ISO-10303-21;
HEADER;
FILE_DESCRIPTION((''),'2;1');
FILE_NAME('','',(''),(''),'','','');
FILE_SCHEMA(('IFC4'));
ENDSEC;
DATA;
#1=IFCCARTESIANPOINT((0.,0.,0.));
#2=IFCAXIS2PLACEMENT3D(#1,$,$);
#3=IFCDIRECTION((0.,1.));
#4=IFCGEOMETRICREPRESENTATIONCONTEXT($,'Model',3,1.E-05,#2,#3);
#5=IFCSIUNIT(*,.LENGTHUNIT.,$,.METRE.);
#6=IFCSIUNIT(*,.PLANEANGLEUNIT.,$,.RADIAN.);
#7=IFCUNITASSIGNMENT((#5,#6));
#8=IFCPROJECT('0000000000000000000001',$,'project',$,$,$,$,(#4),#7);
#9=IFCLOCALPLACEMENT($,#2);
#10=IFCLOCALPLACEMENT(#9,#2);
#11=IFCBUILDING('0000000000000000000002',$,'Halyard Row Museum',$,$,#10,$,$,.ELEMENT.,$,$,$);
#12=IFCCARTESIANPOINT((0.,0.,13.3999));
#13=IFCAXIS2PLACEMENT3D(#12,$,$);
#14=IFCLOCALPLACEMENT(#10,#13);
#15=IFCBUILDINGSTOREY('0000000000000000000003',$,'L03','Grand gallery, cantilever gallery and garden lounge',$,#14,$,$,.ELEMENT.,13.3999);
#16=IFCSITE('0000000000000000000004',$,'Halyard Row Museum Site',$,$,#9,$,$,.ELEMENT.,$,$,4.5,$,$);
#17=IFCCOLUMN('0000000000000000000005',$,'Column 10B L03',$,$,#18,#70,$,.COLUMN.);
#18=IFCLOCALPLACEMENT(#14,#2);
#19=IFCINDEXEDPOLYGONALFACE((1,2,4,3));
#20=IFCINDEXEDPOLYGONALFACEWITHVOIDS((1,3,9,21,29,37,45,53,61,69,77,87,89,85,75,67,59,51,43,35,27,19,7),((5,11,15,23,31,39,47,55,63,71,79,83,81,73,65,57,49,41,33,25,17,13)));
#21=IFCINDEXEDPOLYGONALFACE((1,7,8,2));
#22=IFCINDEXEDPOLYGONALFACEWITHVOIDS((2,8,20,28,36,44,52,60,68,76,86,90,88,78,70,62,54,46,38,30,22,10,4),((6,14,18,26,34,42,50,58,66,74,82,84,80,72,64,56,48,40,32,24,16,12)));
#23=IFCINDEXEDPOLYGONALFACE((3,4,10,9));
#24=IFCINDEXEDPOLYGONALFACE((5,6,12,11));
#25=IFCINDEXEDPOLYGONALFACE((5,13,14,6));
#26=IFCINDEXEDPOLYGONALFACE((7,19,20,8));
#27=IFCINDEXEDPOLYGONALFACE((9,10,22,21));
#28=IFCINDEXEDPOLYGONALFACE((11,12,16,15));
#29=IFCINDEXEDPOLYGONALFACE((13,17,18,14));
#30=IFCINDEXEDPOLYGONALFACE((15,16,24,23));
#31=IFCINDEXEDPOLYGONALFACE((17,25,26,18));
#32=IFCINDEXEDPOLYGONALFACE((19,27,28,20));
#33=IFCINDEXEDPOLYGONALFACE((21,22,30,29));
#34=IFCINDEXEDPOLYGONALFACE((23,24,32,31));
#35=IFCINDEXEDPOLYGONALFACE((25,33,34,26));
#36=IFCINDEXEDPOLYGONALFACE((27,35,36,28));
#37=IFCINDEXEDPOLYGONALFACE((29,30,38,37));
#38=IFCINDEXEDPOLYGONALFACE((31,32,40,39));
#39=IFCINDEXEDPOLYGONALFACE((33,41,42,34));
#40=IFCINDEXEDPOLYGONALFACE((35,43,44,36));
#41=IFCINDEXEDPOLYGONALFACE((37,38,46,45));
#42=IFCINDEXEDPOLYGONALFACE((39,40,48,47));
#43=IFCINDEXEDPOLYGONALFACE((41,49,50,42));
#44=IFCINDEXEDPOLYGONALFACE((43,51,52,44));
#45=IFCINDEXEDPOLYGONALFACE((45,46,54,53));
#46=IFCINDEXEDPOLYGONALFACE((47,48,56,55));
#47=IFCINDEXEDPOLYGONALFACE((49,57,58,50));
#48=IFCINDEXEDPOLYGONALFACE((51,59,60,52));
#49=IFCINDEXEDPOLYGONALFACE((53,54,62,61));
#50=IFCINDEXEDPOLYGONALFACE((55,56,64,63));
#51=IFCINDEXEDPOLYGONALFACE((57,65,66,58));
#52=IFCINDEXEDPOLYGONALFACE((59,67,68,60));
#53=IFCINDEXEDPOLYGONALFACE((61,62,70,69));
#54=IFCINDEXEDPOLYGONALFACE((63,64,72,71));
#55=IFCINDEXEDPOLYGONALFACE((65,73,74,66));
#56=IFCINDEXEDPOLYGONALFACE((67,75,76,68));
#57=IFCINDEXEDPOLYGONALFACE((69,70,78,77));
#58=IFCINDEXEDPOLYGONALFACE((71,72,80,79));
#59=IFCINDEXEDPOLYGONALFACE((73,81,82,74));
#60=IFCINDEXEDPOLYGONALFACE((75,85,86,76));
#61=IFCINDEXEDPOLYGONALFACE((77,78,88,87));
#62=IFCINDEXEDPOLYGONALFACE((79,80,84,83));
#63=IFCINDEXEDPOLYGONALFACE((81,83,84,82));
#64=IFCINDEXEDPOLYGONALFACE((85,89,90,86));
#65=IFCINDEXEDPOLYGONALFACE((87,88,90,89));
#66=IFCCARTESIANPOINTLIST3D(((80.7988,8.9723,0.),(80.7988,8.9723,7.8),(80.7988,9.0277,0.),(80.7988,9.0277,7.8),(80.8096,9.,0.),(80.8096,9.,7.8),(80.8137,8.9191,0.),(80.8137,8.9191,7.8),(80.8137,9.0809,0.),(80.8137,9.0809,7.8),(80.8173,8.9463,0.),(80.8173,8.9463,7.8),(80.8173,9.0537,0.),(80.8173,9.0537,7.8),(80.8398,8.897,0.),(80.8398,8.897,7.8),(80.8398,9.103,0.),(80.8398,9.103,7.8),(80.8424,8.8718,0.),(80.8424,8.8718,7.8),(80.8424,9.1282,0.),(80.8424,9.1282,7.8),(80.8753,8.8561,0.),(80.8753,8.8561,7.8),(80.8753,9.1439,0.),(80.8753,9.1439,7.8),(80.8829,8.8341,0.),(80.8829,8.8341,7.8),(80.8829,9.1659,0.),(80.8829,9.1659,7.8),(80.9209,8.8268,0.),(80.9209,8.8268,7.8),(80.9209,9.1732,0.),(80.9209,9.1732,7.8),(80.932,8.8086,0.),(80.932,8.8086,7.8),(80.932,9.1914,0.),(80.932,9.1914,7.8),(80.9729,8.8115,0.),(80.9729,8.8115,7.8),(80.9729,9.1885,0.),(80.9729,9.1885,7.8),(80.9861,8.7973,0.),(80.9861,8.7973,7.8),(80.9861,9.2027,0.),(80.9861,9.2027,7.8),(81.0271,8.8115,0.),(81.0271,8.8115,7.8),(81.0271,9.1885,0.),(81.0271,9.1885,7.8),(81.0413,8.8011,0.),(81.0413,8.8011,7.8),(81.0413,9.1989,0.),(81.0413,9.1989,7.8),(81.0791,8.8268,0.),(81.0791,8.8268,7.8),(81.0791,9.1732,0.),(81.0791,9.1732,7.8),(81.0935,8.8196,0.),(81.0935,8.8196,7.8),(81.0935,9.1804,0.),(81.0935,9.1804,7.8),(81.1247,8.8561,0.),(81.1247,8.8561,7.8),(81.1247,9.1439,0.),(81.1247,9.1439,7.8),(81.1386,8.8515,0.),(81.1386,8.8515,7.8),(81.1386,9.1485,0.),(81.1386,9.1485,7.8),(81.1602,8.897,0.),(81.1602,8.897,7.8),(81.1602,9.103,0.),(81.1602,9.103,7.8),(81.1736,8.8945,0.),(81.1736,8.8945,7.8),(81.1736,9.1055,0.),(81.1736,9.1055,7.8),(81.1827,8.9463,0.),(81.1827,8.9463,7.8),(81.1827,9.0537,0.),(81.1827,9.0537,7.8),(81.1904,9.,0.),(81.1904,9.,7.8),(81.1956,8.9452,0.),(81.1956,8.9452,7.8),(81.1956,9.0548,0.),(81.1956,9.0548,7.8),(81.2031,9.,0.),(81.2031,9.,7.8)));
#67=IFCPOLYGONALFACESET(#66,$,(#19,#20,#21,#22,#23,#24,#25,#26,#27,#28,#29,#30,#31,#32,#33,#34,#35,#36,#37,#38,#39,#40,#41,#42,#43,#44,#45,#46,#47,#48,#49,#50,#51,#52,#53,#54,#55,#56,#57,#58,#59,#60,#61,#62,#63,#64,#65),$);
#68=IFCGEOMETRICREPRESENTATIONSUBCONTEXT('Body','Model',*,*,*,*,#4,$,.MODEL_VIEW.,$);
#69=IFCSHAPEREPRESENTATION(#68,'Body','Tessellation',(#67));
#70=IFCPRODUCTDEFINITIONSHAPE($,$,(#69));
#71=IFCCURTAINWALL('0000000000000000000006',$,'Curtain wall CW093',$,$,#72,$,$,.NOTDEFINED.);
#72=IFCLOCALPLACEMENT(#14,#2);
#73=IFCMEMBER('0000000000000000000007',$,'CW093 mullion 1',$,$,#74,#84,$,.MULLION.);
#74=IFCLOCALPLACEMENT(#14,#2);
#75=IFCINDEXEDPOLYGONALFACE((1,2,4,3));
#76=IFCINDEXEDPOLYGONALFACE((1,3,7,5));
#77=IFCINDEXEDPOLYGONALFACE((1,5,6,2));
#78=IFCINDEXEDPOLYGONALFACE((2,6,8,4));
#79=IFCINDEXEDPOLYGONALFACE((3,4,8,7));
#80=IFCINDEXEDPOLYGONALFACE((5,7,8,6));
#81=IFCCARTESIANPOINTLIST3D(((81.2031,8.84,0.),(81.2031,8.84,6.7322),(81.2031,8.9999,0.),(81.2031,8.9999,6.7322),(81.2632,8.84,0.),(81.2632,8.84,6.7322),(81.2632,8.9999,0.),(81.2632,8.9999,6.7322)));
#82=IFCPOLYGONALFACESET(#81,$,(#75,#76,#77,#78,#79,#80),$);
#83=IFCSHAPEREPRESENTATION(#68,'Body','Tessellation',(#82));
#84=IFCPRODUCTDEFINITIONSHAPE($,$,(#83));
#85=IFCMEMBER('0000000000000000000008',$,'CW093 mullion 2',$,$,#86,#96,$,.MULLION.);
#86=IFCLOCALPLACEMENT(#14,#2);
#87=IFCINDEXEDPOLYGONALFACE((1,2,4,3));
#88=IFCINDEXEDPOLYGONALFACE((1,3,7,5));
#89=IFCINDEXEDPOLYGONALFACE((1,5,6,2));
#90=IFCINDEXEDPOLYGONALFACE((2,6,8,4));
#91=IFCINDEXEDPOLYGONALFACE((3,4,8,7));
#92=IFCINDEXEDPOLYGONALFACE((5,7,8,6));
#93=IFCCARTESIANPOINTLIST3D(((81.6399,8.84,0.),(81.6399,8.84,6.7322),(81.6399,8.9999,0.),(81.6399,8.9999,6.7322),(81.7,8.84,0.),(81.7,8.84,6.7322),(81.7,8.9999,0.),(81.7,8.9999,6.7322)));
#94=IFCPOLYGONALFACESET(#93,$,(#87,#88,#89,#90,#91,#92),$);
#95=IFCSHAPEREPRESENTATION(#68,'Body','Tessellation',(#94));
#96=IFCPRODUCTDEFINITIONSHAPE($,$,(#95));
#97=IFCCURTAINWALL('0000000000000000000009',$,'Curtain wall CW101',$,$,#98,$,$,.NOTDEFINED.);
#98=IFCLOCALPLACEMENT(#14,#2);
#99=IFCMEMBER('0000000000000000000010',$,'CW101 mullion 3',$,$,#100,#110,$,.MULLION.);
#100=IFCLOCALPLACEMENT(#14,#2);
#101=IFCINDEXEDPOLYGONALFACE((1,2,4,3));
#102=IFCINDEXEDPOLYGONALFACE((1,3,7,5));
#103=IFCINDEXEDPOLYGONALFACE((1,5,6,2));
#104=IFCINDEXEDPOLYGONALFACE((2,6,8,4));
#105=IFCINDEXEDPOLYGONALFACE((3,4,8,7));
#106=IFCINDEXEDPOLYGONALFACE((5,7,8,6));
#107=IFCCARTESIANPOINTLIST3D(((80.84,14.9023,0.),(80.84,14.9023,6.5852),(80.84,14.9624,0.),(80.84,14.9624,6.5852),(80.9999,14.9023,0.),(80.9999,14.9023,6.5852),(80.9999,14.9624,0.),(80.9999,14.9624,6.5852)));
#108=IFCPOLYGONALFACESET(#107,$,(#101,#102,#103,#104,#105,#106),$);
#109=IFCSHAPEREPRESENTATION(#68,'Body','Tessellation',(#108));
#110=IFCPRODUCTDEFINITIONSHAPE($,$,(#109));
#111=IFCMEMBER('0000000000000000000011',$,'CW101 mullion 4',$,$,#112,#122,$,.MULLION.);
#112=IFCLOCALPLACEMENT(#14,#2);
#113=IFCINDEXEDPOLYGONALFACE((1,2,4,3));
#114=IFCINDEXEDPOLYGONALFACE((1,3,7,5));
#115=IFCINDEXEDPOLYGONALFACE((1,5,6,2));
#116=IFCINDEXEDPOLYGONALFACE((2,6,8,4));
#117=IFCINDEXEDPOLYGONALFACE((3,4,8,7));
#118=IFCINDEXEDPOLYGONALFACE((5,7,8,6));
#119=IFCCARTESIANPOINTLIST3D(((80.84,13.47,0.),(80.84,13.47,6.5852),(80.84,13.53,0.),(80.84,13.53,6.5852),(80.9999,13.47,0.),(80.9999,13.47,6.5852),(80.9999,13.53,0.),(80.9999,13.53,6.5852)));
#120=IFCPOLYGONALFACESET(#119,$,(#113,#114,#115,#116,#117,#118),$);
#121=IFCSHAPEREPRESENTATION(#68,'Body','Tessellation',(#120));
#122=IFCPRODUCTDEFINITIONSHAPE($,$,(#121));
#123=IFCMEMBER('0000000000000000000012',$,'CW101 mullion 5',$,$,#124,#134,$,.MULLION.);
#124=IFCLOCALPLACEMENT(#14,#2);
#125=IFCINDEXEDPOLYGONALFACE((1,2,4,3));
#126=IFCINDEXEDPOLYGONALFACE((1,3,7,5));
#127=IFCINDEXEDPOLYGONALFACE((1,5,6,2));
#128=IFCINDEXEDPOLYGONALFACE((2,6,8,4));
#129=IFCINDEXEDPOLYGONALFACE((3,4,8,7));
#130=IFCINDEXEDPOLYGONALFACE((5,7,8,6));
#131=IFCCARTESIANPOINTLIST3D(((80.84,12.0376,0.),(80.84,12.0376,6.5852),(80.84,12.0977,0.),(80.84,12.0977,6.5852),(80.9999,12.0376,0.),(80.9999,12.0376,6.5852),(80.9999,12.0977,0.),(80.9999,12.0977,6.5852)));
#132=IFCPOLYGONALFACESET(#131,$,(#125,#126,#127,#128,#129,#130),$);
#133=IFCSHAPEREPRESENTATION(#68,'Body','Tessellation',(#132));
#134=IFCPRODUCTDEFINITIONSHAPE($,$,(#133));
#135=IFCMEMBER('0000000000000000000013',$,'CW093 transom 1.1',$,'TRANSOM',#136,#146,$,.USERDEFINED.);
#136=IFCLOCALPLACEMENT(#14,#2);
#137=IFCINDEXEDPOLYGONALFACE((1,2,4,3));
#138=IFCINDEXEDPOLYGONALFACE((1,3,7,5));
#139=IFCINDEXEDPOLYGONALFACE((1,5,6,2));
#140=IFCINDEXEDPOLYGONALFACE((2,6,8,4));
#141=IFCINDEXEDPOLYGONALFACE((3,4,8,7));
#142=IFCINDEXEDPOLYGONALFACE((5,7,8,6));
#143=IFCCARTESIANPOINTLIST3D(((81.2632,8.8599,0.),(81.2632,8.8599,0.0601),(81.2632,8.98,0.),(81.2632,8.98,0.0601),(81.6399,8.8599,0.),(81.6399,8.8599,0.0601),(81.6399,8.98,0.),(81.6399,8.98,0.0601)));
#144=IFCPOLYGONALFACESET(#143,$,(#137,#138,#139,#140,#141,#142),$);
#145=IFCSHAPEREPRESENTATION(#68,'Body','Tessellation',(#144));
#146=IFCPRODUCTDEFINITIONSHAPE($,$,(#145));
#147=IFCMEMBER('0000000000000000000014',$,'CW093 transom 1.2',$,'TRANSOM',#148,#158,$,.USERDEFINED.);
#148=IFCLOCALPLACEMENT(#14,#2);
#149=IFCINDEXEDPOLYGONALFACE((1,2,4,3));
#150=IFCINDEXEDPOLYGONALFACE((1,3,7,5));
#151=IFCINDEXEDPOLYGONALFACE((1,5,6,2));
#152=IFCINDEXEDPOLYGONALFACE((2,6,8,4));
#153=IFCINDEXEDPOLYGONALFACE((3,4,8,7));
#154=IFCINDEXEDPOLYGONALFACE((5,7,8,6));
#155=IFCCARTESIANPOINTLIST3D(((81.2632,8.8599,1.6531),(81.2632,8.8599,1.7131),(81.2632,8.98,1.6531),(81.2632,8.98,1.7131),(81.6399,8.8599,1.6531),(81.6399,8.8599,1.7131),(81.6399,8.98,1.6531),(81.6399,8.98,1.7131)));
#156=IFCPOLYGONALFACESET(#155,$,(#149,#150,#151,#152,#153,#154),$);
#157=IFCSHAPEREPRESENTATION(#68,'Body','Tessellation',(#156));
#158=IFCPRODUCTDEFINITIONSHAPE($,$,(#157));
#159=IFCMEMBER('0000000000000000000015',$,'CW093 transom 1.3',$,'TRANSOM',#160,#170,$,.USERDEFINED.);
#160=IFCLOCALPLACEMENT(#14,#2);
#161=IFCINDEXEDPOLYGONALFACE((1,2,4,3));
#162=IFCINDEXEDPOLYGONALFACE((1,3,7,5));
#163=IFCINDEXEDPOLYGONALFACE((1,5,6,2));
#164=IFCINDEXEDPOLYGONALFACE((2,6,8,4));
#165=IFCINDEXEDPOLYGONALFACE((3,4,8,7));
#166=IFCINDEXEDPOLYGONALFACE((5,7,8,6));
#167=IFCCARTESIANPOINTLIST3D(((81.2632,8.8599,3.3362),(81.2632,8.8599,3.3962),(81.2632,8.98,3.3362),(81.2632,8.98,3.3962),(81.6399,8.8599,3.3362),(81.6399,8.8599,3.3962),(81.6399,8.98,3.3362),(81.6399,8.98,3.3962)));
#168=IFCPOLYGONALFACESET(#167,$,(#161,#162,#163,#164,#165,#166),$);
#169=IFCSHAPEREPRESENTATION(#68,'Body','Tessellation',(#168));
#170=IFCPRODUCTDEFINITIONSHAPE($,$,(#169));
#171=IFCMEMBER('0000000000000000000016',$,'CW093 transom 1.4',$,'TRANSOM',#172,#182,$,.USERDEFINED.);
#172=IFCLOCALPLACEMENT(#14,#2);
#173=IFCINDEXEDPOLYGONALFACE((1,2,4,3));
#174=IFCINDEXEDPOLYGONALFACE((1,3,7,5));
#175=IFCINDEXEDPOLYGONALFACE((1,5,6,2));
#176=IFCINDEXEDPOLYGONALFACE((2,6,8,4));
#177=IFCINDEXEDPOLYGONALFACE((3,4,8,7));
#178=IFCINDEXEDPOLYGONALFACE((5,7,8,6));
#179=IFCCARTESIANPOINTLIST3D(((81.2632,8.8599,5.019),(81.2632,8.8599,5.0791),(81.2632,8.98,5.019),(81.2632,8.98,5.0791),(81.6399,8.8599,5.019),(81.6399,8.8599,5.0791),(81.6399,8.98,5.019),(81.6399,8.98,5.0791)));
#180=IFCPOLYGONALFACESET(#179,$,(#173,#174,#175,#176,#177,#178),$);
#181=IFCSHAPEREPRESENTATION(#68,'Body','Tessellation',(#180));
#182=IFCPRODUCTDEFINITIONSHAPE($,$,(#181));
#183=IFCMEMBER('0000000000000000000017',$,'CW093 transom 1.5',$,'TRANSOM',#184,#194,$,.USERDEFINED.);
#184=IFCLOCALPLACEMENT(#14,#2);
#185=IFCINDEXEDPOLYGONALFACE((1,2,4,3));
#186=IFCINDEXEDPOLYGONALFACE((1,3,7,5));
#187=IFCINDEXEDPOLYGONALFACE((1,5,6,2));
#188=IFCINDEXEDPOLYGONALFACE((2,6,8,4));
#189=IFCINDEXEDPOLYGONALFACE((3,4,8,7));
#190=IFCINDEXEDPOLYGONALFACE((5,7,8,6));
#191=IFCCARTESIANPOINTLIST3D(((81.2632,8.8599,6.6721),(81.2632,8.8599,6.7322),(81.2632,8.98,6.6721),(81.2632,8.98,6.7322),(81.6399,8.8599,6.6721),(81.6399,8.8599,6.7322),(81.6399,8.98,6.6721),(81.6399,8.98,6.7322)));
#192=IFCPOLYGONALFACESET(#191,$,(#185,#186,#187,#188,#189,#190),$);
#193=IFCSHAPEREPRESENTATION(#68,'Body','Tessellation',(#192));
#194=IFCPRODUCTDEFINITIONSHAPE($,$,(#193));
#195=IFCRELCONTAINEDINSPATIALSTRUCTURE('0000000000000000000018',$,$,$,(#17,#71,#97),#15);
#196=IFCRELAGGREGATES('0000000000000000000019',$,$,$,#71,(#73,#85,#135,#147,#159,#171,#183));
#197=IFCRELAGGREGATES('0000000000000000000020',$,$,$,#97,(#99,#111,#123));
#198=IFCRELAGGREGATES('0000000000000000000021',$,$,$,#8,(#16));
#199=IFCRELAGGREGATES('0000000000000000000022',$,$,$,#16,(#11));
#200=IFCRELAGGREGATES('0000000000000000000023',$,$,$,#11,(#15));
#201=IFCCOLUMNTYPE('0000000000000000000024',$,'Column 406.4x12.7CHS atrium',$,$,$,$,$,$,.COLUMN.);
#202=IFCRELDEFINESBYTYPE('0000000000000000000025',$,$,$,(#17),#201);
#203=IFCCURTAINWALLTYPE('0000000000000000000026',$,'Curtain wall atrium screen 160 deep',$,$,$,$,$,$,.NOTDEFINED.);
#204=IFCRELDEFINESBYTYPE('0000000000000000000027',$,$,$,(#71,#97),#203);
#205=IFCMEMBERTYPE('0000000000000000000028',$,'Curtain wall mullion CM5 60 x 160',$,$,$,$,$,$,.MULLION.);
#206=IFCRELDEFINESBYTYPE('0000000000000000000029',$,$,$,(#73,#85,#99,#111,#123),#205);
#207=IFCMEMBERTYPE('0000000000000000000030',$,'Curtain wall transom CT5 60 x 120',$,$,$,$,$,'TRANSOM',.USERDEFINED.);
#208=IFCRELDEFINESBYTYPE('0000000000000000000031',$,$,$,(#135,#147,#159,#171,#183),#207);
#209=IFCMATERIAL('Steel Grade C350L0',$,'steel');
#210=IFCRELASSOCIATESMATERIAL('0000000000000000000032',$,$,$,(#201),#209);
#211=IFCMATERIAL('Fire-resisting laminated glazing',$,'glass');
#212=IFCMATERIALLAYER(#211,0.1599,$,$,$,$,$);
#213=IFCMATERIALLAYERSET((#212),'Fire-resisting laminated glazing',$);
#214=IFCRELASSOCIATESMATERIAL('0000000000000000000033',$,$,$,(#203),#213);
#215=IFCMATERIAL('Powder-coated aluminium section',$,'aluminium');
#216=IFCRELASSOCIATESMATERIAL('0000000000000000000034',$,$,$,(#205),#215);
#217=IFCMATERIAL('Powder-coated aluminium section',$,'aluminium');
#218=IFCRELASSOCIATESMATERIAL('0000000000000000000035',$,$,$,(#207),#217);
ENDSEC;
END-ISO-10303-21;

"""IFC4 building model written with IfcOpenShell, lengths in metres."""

from ifc_helpers import new_model, si_unit, direction, frame, origin, origin_2d, place, context, subcontext, project, spatial, rectangle, hollow_circle, extrude, material, layer, layer_set, material_profile, profile_set, type_object, element, aggregate, save


model = new_model("IFC4")

# Units and contexts
model_context = context("Model", 3, precision=1e-05, world=origin(), true_north=direction((0.0, 1.0)))
body_context = subcontext(model_context, "Body", "Model", "MODEL_VIEW")
ifc_project = project(units=[si_unit("LENGTHUNIT", "METRE"), si_unit("PLANEANGLEUNIT", "RADIAN")], contexts=[model_context])

# Site, building, storey
site_placement = place(None, origin())
site = spatial("IfcSite", under=ifc_project, at=site_placement, Name="Halyard Row Museum Site", CompositionType="ELEMENT", RefElevation=4.5)
building_placement = place(site_placement, origin())
building = spatial("IfcBuilding", under=site, at=building_placement, Name="Halyard Row Museum", CompositionType="ELEMENT")
storey_placement = place(building_placement, frame((0.0, 0.0, 13.3999)))
storey = spatial("IfcBuildingStorey", under=building, at=storey_placement, Name="L03", Description="Grand gallery, cantilever gallery and garden lounge", CompositionType="ELEMENT", Elevation=13.3999)

# Column
ifc_material_1 = material(Name="Steel Grade C350L0", Category="steel")
ifc_material_profile_1 = material_profile(ifc_material_1, hollow_circle(Radius=0.2031, WallThickness=0.0127, at=origin_2d()), Name="406.4x12.7CHS")
ifc_profile_set_1 = profile_set([ifc_material_profile_1], Name="Steel Grade C350L0")
column_type = type_object("IfcColumnType", Name="Column 406.4x12.7CHS atrium", PredefinedType="COLUMN", material=ifc_profile_set_1)
column_placement = place(storey_placement, frame((81.0, 9.0, 0.0), z_axis=(0.0, 0.0, 1.0), x_axis=(1.0, 0.0, 0.0)))
element("IfcColumn", 1, at=column_placement, inside=storey, type_object=column_type, Name="Column 10B L03", PredefinedType="COLUMN", context=body_context, shape_type="SweptSolid", body=[
    extrude(hollow_circle(Radius=0.2031, WallThickness=0.0127, at=origin_2d()), origin(), (0.0, 0.0, 1.0), 7.8),
])

# Curtain walls, members
ifc_material_2 = material(Name="Fire-resisting laminated glazing", Category="glass")
ifc_layer_1 = layer(ifc_material_2, 0.1599)
ifc_layer_set_1 = layer_set([ifc_layer_1], Name="Fire-resisting laminated glazing")
curtain_wall_type = type_object("IfcCurtainWallType", Name="Curtain wall atrium screen 160 deep", PredefinedType="NOTDEFINED", material=ifc_layer_set_1)
curtain_wall_1_placement = place(storey_placement, origin())
curtain_wall_1 = element("IfcCurtainWall", 2, at=curtain_wall_1_placement, inside=storey, type_object=curtain_wall_type, Name="Curtain wall CW093", PredefinedType="NOTDEFINED")
ifc_material_3 = material(Name="Powder-coated aluminium section", Category="aluminium")
ifc_material_profile_2 = material_profile(ifc_material_3, rectangle(XDim=0.1599, YDim=0.0601, at=origin_2d()), Name="160x60 mullion")
ifc_profile_set_2 = profile_set([ifc_material_profile_2], Name="Powder-coated aluminium section")
member_type_1 = type_object("IfcMemberType", Name="Curtain wall mullion CM5 60 x 160", PredefinedType="MULLION", material=ifc_profile_set_2)
member_1_placement = place(storey_placement, frame((81.2332, 8.9199, 0.0), z_axis=(0.0, 0.0, 1.0), x_axis=(0.0, 1.0, 0.0)))
member_1 = element("IfcMember", 3, at=member_1_placement, type_object=member_type_1, Name="CW093 mullion 1", PredefinedType="MULLION", context=body_context, shape_type="SweptSolid", body=[
    extrude(rectangle(XDim=0.1599, YDim=0.0601, at=origin_2d()), origin(), (0.0, 0.0, 1.0), 6.7322),
])
member_2_placement = place(storey_placement, frame((81.6699, 8.9199, 0.0), z_axis=(0.0, 0.0, 1.0), x_axis=(0.0, 1.0, 0.0)))
member_2 = element("IfcMember", 4, at=member_2_placement, type_object=member_type_1, Name="CW093 mullion 2", PredefinedType="MULLION", context=body_context, shape_type="SweptSolid", body=[
    extrude(rectangle(XDim=0.1599, YDim=0.0601, at=origin_2d()), origin(), (0.0, 0.0, 1.0), 6.7322),
])
curtain_wall_2_placement = place(storey_placement, origin())
curtain_wall_2 = element("IfcCurtainWall", 5, at=curtain_wall_2_placement, inside=storey, type_object=curtain_wall_type, Name="Curtain wall CW101", PredefinedType="NOTDEFINED")
member_3_placement = place(storey_placement, frame((80.9199, 14.9324, 0.0), z_axis=(0.0, 0.0, 1.0), x_axis=(1.0, 0.0, 0.0)))
member_3 = element("IfcMember", 6, at=member_3_placement, type_object=member_type_1, Name="CW101 mullion 3", PredefinedType="MULLION", context=body_context, shape_type="SweptSolid", body=[
    extrude(rectangle(XDim=0.1599, YDim=0.0601, at=origin_2d()), origin(), (0.0, 0.0, 1.0), 6.5852),
])
member_4_placement = place(storey_placement, frame((80.9199, 13.5, 0.0), z_axis=(0.0, 0.0, 1.0), x_axis=(1.0, 0.0, 0.0)))
member_4 = element("IfcMember", 7, at=member_4_placement, type_object=member_type_1, Name="CW101 mullion 4", PredefinedType="MULLION", context=body_context, shape_type="SweptSolid", body=[
    extrude(rectangle(XDim=0.1599, YDim=0.0601, at=origin_2d()), origin(), (0.0, 0.0, 1.0), 6.5852),
])
member_5_placement = place(storey_placement, frame((80.9199, 12.0676, 0.0), z_axis=(0.0, 0.0, 1.0), x_axis=(1.0, 0.0, 0.0)))
member_5 = element("IfcMember", 8, at=member_5_placement, type_object=member_type_1, Name="CW101 mullion 5", PredefinedType="MULLION", context=body_context, shape_type="SweptSolid", body=[
    extrude(rectangle(XDim=0.1599, YDim=0.0601, at=origin_2d()), origin(), (0.0, 0.0, 1.0), 6.5852),
])

# Members
ifc_material_4 = material(Name="Powder-coated aluminium section", Category="aluminium")
ifc_material_profile_3 = material_profile(ifc_material_4, rectangle(XDim=0.1201, YDim=0.0601, at=origin_2d()), Name="120x60 transom")
ifc_profile_set_3 = profile_set([ifc_material_profile_3], Name="Powder-coated aluminium section")
member_type_2 = type_object("IfcMemberType", Name="Curtain wall transom CT5 60 x 120", ElementType="TRANSOM", PredefinedType="USERDEFINED", material=ifc_profile_set_3)
member_6_placement = place(storey_placement, frame((81.2632, 8.9199, 0.03), z_axis=(1.0, 0.0, 0.0), x_axis=(0.0, 1.0, 0.0)))
member_6 = element("IfcMember", 9, at=member_6_placement, type_object=member_type_2, Name="CW093 transom 1.1", ObjectType="TRANSOM", PredefinedType="USERDEFINED", context=body_context, shape_type="SweptSolid", body=[
    extrude(rectangle(XDim=0.1201, YDim=0.0601, at=origin_2d()), origin(), (0.0, 0.0, 1.0), 0.3767),
])
member_7_placement = place(storey_placement, frame((81.2632, 8.9199, 1.6831), z_axis=(1.0, 0.0, 0.0), x_axis=(0.0, 1.0, 0.0)))
member_7 = element("IfcMember", 10, at=member_7_placement, type_object=member_type_2, Name="CW093 transom 1.2", ObjectType="TRANSOM", PredefinedType="USERDEFINED", context=body_context, shape_type="SweptSolid", body=[
    extrude(rectangle(XDim=0.1201, YDim=0.0601, at=origin_2d()), origin(), (0.0, 0.0, 1.0), 0.3767),
])
member_8_placement = place(storey_placement, frame((81.2632, 8.9199, 3.3662), z_axis=(1.0, 0.0, 0.0), x_axis=(0.0, 1.0, 0.0)))
member_8 = element("IfcMember", 11, at=member_8_placement, type_object=member_type_2, Name="CW093 transom 1.3", ObjectType="TRANSOM", PredefinedType="USERDEFINED", context=body_context, shape_type="SweptSolid", body=[
    extrude(rectangle(XDim=0.1201, YDim=0.0601, at=origin_2d()), origin(), (0.0, 0.0, 1.0), 0.3767),
])
member_9_placement = place(storey_placement, frame((81.2632, 8.9199, 5.0491), z_axis=(1.0, 0.0, 0.0), x_axis=(0.0, 1.0, 0.0)))
member_9 = element("IfcMember", 12, at=member_9_placement, type_object=member_type_2, Name="CW093 transom 1.4", ObjectType="TRANSOM", PredefinedType="USERDEFINED", context=body_context, shape_type="SweptSolid", body=[
    extrude(rectangle(XDim=0.1201, YDim=0.0601, at=origin_2d()), origin(), (0.0, 0.0, 1.0), 0.3767),
])
member_10_placement = place(storey_placement, frame((81.2632, 8.9199, 6.7021), z_axis=(1.0, 0.0, 0.0), x_axis=(0.0, 1.0, 0.0)))
member_10 = element("IfcMember", 13, at=member_10_placement, type_object=member_type_2, Name="CW093 transom 1.5", ObjectType="TRANSOM", PredefinedType="USERDEFINED", context=body_context, shape_type="SweptSolid", body=[
    extrude(rectangle(XDim=0.1201, YDim=0.0601, at=origin_2d()), origin(), (0.0, 0.0, 1.0), 0.3767),
])

aggregate(curtain_wall_1, [member_1, member_2, member_6, member_7, member_8, member_9, member_10])
aggregate(curtain_wall_2, [member_3, member_4, member_5])

save(model, "model.ifc")
